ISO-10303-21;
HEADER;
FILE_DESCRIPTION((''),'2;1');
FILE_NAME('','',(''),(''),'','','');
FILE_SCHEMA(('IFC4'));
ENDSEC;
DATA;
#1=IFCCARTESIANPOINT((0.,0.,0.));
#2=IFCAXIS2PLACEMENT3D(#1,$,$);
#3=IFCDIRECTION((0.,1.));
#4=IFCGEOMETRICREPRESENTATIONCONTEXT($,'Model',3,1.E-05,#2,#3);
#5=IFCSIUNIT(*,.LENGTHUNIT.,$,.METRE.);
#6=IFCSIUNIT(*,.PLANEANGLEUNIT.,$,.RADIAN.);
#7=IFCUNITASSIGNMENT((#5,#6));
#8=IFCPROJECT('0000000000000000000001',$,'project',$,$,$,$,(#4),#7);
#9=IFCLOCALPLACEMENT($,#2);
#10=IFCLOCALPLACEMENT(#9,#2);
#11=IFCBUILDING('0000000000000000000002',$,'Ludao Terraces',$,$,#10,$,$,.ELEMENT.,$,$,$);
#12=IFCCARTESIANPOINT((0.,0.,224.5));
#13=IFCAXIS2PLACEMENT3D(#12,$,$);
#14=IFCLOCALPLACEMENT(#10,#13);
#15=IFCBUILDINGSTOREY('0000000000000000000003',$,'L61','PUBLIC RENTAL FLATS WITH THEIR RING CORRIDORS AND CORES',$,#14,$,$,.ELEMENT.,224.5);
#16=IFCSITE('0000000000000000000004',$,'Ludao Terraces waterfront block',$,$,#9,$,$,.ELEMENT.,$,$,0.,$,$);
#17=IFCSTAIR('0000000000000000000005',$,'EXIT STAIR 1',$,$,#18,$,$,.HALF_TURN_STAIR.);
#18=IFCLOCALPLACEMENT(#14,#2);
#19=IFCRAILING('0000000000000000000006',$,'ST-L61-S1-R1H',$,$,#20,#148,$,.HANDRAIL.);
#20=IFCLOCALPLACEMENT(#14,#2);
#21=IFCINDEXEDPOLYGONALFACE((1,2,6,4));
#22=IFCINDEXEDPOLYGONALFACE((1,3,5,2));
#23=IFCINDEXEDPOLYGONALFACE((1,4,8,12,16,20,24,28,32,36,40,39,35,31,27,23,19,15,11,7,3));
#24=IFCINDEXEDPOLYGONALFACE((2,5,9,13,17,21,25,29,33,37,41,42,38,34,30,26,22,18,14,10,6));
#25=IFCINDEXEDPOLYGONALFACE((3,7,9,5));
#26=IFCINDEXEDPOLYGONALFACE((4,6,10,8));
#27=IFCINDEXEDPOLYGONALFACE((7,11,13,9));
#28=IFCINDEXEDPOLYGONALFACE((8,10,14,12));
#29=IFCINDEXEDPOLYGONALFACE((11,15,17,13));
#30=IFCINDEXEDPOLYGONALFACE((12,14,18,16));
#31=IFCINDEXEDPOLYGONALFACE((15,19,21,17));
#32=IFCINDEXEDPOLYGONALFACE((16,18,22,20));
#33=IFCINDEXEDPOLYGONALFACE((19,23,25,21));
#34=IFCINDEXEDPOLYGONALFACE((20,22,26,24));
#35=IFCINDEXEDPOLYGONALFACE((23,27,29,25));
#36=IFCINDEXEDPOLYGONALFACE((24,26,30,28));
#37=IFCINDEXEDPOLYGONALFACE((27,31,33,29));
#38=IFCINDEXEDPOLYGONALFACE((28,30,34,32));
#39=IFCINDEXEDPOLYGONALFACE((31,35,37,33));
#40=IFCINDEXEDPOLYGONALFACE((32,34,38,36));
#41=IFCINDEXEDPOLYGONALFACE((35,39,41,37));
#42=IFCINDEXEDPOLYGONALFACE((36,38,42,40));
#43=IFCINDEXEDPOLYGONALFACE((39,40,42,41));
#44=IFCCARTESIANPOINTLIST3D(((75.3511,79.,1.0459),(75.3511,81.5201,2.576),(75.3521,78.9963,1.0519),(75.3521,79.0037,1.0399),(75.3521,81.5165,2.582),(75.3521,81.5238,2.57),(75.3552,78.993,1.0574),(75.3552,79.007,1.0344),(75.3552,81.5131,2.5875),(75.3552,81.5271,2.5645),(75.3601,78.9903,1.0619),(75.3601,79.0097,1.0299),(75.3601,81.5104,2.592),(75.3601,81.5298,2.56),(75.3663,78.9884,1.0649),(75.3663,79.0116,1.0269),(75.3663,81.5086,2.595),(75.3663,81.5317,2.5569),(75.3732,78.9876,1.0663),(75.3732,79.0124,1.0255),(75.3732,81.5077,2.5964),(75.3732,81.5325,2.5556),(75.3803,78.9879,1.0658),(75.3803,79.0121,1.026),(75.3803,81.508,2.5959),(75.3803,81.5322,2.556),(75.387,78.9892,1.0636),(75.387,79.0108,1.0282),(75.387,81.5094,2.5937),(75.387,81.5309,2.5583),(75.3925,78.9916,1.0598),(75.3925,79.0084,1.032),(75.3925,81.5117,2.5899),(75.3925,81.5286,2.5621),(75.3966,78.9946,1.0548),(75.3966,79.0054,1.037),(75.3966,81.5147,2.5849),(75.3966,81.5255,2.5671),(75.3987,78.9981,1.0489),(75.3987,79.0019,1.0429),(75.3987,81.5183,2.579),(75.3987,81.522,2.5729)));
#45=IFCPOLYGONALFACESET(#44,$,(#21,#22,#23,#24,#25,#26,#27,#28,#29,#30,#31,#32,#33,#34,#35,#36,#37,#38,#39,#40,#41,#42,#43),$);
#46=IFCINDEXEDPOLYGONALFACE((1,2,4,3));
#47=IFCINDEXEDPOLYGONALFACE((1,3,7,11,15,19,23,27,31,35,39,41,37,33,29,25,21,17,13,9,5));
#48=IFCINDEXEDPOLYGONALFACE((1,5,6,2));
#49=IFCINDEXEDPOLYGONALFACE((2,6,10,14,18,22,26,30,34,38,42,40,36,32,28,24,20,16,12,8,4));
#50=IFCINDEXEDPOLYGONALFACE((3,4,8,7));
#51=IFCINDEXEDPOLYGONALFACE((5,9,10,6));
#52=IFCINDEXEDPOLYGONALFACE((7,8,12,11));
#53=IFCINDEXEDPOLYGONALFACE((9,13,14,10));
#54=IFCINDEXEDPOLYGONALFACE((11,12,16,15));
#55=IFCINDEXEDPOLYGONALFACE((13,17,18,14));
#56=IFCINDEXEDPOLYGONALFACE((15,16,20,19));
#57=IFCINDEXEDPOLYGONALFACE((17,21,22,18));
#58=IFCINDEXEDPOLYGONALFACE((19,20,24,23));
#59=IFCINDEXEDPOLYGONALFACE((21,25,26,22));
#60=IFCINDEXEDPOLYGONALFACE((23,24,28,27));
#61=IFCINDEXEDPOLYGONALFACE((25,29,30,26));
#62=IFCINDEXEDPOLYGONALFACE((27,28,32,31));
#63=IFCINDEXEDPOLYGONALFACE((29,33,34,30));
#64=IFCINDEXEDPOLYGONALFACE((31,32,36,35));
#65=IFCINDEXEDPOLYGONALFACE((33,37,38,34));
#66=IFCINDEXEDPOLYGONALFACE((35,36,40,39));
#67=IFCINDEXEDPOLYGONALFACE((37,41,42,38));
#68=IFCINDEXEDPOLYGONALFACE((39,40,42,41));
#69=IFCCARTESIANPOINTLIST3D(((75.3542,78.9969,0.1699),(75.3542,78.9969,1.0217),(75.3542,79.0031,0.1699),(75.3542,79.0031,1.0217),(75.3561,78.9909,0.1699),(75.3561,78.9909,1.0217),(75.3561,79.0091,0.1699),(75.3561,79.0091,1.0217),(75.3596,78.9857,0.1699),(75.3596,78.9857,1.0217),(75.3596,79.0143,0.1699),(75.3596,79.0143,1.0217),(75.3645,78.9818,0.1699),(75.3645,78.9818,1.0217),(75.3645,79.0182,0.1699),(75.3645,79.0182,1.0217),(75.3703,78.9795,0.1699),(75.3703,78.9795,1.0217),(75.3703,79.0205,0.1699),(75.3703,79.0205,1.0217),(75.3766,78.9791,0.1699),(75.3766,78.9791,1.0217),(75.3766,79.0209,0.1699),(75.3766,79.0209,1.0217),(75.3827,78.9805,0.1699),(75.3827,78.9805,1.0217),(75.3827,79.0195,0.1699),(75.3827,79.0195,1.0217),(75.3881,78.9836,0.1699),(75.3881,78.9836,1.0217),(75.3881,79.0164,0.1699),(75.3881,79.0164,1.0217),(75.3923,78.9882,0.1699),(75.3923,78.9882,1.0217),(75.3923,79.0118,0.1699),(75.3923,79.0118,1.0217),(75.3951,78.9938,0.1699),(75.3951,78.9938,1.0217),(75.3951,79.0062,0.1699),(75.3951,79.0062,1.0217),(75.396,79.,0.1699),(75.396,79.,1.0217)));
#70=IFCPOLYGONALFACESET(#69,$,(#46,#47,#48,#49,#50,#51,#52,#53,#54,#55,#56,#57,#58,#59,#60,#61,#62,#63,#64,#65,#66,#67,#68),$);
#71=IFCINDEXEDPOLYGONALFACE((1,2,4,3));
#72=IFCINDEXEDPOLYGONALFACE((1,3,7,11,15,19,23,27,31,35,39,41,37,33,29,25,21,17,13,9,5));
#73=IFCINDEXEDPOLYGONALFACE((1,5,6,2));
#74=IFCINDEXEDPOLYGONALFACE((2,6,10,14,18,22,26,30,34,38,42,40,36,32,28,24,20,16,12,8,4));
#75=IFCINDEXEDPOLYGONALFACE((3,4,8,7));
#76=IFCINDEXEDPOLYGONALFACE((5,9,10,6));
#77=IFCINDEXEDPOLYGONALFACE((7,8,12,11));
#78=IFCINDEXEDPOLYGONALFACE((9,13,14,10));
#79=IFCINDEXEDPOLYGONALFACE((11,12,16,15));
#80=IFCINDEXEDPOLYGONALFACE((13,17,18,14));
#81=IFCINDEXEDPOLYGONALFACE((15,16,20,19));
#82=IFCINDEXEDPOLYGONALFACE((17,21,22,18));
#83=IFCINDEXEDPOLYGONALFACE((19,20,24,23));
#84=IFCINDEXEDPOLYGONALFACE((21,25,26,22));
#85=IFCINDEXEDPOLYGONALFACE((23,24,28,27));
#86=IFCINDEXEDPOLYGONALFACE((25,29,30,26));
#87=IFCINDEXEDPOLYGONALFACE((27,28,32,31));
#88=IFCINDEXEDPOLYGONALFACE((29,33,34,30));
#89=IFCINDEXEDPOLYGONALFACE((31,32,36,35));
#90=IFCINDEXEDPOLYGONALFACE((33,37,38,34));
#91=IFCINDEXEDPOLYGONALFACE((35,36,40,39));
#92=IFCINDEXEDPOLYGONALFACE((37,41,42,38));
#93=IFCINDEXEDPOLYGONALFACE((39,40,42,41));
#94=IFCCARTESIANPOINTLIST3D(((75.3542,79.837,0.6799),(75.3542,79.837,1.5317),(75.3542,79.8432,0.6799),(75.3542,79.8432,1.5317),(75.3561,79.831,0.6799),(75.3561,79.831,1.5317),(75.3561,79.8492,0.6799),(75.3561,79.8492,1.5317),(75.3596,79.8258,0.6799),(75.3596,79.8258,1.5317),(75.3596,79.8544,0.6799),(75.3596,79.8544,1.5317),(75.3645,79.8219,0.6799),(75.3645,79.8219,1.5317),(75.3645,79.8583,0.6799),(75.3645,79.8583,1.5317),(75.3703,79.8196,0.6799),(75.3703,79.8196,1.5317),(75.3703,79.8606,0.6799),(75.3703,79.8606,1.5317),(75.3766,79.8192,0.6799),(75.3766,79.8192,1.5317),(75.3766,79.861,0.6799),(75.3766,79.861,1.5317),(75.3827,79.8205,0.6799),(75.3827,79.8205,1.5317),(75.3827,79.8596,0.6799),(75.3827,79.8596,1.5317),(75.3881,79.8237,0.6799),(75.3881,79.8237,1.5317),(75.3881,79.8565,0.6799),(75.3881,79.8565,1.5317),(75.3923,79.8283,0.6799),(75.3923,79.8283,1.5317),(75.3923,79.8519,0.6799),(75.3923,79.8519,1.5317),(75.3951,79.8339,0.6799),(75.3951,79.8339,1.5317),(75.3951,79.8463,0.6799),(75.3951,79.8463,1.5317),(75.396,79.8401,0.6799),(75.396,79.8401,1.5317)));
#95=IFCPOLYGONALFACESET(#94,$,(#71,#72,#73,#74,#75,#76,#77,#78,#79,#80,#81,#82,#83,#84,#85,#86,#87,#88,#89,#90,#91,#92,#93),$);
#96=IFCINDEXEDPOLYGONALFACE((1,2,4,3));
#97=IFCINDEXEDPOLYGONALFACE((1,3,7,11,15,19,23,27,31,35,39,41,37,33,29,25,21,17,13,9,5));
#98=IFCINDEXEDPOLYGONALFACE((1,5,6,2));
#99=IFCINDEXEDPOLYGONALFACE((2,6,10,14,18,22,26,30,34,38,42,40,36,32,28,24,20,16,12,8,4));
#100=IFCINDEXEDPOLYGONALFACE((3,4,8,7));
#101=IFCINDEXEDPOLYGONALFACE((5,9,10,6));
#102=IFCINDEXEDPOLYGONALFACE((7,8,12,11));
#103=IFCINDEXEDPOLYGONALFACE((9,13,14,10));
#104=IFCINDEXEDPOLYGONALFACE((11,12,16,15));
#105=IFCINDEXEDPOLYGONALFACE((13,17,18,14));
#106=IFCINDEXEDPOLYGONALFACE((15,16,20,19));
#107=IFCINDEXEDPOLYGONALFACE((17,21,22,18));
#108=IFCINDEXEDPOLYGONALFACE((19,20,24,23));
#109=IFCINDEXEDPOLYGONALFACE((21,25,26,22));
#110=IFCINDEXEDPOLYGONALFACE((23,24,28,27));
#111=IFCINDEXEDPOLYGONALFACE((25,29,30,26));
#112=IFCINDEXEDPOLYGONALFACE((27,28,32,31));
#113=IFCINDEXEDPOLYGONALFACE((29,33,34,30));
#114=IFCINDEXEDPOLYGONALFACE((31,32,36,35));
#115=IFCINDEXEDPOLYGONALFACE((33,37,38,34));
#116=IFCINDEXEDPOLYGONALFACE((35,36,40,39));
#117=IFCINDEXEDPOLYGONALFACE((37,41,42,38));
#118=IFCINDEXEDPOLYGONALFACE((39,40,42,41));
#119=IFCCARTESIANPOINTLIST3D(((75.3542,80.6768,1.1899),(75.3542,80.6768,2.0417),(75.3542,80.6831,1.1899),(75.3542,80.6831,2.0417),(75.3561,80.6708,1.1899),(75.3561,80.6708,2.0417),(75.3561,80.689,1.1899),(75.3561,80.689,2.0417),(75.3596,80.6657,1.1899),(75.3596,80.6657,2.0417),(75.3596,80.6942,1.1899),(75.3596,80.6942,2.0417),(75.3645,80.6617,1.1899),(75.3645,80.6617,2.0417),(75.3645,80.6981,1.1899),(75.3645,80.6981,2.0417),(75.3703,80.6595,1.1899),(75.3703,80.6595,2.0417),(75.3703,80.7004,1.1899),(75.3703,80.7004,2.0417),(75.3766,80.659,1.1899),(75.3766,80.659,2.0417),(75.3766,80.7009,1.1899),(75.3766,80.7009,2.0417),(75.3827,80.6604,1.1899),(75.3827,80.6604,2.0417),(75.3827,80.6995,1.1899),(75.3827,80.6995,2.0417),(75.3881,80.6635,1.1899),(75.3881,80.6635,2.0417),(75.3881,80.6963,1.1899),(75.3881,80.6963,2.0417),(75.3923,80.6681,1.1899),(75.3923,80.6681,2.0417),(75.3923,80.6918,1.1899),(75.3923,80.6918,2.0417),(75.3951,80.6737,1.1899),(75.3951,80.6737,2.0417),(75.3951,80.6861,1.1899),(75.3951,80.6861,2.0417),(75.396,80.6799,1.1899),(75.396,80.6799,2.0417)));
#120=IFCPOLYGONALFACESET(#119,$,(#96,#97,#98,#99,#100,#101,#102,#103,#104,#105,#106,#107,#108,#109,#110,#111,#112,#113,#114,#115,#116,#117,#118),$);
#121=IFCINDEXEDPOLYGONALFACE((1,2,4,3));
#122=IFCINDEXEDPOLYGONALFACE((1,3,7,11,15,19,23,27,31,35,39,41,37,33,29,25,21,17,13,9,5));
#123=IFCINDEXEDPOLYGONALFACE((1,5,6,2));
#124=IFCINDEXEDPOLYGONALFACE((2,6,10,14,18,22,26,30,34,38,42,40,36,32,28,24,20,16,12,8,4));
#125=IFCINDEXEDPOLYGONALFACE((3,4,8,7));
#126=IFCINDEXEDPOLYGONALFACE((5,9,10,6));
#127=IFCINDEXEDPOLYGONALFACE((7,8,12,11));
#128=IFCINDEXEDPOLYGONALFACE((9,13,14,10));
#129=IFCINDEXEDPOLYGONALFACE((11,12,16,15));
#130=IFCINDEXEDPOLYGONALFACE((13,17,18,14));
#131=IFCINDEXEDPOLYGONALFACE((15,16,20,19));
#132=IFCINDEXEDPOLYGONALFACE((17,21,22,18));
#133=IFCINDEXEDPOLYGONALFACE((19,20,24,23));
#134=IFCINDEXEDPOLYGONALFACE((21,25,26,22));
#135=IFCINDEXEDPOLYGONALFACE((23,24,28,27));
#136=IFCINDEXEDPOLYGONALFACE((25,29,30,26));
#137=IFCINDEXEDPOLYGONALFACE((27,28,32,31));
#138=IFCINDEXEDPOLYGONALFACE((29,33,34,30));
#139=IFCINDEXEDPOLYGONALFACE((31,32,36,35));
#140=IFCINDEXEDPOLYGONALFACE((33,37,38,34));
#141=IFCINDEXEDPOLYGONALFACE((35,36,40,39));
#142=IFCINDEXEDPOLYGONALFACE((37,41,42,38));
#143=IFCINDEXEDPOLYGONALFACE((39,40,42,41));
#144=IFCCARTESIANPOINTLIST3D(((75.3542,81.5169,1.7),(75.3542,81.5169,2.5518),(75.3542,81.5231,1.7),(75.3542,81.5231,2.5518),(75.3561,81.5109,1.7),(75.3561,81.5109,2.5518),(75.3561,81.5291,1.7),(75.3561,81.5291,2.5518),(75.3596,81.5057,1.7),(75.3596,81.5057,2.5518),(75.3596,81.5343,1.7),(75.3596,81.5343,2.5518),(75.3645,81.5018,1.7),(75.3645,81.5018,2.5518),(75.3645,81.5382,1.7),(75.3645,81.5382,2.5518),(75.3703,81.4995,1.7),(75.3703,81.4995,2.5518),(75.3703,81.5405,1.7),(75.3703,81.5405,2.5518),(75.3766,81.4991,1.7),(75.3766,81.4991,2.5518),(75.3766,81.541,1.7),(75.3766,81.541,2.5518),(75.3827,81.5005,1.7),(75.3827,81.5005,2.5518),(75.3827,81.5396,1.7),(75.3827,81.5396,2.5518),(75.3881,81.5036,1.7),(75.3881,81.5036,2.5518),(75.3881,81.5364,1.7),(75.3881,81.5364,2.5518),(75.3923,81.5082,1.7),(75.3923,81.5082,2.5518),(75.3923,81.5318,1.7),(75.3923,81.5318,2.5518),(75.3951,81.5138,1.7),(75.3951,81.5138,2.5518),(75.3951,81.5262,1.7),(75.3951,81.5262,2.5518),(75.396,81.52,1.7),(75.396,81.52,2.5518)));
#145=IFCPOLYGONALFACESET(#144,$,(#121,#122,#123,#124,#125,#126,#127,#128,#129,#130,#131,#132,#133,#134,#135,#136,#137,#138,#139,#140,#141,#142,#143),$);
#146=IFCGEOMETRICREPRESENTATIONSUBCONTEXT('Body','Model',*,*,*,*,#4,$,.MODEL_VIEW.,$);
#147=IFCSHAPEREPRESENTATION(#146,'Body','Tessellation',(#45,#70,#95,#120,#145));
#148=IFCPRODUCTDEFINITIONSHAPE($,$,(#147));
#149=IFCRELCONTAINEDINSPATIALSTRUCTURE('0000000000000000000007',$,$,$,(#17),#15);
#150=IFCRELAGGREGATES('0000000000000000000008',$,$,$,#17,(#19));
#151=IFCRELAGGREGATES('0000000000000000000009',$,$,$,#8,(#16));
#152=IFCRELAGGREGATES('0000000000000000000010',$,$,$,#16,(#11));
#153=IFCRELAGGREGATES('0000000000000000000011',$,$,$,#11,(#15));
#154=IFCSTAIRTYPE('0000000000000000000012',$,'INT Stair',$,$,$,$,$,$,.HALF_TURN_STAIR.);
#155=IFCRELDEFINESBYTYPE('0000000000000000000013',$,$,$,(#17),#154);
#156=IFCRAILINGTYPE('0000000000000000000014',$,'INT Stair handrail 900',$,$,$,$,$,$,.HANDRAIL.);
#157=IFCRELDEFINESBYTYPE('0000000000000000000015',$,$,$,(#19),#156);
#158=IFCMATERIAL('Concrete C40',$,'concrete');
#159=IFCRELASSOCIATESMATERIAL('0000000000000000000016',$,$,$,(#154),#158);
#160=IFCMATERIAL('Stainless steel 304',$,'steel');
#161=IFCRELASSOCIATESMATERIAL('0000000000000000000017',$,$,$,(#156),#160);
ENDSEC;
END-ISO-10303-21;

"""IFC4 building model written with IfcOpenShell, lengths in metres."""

from ifc_helpers import new_model, si_unit, direction, frame, origin, origin_2d, place, context, subcontext, project, spatial, circle, extrude, material, type_object, element, aggregate, save


model = new_model("IFC4")

# Units and contexts
model_context = context("Model", 3, precision=1e-05, world=origin(), true_north=direction((0.0, 1.0)))
body_context = subcontext(model_context, "Body", "Model", "MODEL_VIEW")
ifc_project = project(units=[si_unit("LENGTHUNIT", "METRE"), si_unit("PLANEANGLEUNIT", "RADIAN")], contexts=[model_context])

# Site, building, storey
site_placement = place(None, origin())
site = spatial("IfcSite", under=ifc_project, at=site_placement, Name="Ludao Terraces waterfront block", CompositionType="ELEMENT", RefElevation=0.0)
building_placement = place(site_placement, origin())
building = spatial("IfcBuilding", under=site, at=building_placement, Name="Ludao Terraces", CompositionType="ELEMENT")
storey_placement = place(building_placement, frame((0.0, 0.0, 224.5)))
storey = spatial("IfcBuildingStorey", under=building, at=storey_placement, Name="L61", Description="PUBLIC RENTAL FLATS WITH THEIR RING CORRIDORS AND CORES", CompositionType="ELEMENT", Elevation=224.5)

# Shared definitions
ifc_material_1 = material(Name="Concrete C40", Category="concrete")

# Stair, railing
stair_type = type_object("IfcStairType", Name="INT Stair", PredefinedType="HALF_TURN_STAIR", material=ifc_material_1)
stair_placement = place(storey_placement, origin())
stair = element("IfcStair", 1, at=stair_placement, inside=storey, type_object=stair_type, Name="EXIT STAIR 1", PredefinedType="HALF_TURN_STAIR")
ifc_material_2 = material(Name="Stainless steel 304", Category="steel")
railing_type_1 = type_object("IfcRailingType", Name="INT Stair handrail 900", PredefinedType="HANDRAIL", material=ifc_material_2)
railing_1_placement = place(storey_placement, frame((75.375, 79.0, 0.1699)))
railing_1 = element("IfcRailing", 2, at=railing_1_placement, type_object=railing_type_1, Name="ST-L61-S1-R1H", PredefinedType="HANDRAIL", context=body_context, shape_type="SweptSolid", body=[
    extrude(circle(Radius=0.0239, at=origin_2d()), frame((0.0, 0.0, 0.876), z_axis=(0.0, 0.854785, 0.518982), x_axis=(-1.0, 0.0, 0.0)), (0.0, 0.0, 1.0), 2.9482),
    extrude(circle(Radius=0.021, at=origin_2d()), origin(), (0.0, 0.0, 1.0), 0.8518),
    extrude(circle(Radius=0.021, at=origin_2d()), frame((0.0, 0.8401, 0.51)), (0.0, 0.0, 1.0), 0.8518),
    extrude(circle(Radius=0.021, at=origin_2d()), frame((0.0, 1.6799, 1.02)), (0.0, 0.0, 1.0), 0.8518),
    extrude(circle(Radius=0.021, at=origin_2d()), frame((0.0, 2.52, 1.53)), (0.0, 0.0, 1.0), 0.8518),
])
aggregate(stair, [railing_1])

save(model, "model.ifc")
